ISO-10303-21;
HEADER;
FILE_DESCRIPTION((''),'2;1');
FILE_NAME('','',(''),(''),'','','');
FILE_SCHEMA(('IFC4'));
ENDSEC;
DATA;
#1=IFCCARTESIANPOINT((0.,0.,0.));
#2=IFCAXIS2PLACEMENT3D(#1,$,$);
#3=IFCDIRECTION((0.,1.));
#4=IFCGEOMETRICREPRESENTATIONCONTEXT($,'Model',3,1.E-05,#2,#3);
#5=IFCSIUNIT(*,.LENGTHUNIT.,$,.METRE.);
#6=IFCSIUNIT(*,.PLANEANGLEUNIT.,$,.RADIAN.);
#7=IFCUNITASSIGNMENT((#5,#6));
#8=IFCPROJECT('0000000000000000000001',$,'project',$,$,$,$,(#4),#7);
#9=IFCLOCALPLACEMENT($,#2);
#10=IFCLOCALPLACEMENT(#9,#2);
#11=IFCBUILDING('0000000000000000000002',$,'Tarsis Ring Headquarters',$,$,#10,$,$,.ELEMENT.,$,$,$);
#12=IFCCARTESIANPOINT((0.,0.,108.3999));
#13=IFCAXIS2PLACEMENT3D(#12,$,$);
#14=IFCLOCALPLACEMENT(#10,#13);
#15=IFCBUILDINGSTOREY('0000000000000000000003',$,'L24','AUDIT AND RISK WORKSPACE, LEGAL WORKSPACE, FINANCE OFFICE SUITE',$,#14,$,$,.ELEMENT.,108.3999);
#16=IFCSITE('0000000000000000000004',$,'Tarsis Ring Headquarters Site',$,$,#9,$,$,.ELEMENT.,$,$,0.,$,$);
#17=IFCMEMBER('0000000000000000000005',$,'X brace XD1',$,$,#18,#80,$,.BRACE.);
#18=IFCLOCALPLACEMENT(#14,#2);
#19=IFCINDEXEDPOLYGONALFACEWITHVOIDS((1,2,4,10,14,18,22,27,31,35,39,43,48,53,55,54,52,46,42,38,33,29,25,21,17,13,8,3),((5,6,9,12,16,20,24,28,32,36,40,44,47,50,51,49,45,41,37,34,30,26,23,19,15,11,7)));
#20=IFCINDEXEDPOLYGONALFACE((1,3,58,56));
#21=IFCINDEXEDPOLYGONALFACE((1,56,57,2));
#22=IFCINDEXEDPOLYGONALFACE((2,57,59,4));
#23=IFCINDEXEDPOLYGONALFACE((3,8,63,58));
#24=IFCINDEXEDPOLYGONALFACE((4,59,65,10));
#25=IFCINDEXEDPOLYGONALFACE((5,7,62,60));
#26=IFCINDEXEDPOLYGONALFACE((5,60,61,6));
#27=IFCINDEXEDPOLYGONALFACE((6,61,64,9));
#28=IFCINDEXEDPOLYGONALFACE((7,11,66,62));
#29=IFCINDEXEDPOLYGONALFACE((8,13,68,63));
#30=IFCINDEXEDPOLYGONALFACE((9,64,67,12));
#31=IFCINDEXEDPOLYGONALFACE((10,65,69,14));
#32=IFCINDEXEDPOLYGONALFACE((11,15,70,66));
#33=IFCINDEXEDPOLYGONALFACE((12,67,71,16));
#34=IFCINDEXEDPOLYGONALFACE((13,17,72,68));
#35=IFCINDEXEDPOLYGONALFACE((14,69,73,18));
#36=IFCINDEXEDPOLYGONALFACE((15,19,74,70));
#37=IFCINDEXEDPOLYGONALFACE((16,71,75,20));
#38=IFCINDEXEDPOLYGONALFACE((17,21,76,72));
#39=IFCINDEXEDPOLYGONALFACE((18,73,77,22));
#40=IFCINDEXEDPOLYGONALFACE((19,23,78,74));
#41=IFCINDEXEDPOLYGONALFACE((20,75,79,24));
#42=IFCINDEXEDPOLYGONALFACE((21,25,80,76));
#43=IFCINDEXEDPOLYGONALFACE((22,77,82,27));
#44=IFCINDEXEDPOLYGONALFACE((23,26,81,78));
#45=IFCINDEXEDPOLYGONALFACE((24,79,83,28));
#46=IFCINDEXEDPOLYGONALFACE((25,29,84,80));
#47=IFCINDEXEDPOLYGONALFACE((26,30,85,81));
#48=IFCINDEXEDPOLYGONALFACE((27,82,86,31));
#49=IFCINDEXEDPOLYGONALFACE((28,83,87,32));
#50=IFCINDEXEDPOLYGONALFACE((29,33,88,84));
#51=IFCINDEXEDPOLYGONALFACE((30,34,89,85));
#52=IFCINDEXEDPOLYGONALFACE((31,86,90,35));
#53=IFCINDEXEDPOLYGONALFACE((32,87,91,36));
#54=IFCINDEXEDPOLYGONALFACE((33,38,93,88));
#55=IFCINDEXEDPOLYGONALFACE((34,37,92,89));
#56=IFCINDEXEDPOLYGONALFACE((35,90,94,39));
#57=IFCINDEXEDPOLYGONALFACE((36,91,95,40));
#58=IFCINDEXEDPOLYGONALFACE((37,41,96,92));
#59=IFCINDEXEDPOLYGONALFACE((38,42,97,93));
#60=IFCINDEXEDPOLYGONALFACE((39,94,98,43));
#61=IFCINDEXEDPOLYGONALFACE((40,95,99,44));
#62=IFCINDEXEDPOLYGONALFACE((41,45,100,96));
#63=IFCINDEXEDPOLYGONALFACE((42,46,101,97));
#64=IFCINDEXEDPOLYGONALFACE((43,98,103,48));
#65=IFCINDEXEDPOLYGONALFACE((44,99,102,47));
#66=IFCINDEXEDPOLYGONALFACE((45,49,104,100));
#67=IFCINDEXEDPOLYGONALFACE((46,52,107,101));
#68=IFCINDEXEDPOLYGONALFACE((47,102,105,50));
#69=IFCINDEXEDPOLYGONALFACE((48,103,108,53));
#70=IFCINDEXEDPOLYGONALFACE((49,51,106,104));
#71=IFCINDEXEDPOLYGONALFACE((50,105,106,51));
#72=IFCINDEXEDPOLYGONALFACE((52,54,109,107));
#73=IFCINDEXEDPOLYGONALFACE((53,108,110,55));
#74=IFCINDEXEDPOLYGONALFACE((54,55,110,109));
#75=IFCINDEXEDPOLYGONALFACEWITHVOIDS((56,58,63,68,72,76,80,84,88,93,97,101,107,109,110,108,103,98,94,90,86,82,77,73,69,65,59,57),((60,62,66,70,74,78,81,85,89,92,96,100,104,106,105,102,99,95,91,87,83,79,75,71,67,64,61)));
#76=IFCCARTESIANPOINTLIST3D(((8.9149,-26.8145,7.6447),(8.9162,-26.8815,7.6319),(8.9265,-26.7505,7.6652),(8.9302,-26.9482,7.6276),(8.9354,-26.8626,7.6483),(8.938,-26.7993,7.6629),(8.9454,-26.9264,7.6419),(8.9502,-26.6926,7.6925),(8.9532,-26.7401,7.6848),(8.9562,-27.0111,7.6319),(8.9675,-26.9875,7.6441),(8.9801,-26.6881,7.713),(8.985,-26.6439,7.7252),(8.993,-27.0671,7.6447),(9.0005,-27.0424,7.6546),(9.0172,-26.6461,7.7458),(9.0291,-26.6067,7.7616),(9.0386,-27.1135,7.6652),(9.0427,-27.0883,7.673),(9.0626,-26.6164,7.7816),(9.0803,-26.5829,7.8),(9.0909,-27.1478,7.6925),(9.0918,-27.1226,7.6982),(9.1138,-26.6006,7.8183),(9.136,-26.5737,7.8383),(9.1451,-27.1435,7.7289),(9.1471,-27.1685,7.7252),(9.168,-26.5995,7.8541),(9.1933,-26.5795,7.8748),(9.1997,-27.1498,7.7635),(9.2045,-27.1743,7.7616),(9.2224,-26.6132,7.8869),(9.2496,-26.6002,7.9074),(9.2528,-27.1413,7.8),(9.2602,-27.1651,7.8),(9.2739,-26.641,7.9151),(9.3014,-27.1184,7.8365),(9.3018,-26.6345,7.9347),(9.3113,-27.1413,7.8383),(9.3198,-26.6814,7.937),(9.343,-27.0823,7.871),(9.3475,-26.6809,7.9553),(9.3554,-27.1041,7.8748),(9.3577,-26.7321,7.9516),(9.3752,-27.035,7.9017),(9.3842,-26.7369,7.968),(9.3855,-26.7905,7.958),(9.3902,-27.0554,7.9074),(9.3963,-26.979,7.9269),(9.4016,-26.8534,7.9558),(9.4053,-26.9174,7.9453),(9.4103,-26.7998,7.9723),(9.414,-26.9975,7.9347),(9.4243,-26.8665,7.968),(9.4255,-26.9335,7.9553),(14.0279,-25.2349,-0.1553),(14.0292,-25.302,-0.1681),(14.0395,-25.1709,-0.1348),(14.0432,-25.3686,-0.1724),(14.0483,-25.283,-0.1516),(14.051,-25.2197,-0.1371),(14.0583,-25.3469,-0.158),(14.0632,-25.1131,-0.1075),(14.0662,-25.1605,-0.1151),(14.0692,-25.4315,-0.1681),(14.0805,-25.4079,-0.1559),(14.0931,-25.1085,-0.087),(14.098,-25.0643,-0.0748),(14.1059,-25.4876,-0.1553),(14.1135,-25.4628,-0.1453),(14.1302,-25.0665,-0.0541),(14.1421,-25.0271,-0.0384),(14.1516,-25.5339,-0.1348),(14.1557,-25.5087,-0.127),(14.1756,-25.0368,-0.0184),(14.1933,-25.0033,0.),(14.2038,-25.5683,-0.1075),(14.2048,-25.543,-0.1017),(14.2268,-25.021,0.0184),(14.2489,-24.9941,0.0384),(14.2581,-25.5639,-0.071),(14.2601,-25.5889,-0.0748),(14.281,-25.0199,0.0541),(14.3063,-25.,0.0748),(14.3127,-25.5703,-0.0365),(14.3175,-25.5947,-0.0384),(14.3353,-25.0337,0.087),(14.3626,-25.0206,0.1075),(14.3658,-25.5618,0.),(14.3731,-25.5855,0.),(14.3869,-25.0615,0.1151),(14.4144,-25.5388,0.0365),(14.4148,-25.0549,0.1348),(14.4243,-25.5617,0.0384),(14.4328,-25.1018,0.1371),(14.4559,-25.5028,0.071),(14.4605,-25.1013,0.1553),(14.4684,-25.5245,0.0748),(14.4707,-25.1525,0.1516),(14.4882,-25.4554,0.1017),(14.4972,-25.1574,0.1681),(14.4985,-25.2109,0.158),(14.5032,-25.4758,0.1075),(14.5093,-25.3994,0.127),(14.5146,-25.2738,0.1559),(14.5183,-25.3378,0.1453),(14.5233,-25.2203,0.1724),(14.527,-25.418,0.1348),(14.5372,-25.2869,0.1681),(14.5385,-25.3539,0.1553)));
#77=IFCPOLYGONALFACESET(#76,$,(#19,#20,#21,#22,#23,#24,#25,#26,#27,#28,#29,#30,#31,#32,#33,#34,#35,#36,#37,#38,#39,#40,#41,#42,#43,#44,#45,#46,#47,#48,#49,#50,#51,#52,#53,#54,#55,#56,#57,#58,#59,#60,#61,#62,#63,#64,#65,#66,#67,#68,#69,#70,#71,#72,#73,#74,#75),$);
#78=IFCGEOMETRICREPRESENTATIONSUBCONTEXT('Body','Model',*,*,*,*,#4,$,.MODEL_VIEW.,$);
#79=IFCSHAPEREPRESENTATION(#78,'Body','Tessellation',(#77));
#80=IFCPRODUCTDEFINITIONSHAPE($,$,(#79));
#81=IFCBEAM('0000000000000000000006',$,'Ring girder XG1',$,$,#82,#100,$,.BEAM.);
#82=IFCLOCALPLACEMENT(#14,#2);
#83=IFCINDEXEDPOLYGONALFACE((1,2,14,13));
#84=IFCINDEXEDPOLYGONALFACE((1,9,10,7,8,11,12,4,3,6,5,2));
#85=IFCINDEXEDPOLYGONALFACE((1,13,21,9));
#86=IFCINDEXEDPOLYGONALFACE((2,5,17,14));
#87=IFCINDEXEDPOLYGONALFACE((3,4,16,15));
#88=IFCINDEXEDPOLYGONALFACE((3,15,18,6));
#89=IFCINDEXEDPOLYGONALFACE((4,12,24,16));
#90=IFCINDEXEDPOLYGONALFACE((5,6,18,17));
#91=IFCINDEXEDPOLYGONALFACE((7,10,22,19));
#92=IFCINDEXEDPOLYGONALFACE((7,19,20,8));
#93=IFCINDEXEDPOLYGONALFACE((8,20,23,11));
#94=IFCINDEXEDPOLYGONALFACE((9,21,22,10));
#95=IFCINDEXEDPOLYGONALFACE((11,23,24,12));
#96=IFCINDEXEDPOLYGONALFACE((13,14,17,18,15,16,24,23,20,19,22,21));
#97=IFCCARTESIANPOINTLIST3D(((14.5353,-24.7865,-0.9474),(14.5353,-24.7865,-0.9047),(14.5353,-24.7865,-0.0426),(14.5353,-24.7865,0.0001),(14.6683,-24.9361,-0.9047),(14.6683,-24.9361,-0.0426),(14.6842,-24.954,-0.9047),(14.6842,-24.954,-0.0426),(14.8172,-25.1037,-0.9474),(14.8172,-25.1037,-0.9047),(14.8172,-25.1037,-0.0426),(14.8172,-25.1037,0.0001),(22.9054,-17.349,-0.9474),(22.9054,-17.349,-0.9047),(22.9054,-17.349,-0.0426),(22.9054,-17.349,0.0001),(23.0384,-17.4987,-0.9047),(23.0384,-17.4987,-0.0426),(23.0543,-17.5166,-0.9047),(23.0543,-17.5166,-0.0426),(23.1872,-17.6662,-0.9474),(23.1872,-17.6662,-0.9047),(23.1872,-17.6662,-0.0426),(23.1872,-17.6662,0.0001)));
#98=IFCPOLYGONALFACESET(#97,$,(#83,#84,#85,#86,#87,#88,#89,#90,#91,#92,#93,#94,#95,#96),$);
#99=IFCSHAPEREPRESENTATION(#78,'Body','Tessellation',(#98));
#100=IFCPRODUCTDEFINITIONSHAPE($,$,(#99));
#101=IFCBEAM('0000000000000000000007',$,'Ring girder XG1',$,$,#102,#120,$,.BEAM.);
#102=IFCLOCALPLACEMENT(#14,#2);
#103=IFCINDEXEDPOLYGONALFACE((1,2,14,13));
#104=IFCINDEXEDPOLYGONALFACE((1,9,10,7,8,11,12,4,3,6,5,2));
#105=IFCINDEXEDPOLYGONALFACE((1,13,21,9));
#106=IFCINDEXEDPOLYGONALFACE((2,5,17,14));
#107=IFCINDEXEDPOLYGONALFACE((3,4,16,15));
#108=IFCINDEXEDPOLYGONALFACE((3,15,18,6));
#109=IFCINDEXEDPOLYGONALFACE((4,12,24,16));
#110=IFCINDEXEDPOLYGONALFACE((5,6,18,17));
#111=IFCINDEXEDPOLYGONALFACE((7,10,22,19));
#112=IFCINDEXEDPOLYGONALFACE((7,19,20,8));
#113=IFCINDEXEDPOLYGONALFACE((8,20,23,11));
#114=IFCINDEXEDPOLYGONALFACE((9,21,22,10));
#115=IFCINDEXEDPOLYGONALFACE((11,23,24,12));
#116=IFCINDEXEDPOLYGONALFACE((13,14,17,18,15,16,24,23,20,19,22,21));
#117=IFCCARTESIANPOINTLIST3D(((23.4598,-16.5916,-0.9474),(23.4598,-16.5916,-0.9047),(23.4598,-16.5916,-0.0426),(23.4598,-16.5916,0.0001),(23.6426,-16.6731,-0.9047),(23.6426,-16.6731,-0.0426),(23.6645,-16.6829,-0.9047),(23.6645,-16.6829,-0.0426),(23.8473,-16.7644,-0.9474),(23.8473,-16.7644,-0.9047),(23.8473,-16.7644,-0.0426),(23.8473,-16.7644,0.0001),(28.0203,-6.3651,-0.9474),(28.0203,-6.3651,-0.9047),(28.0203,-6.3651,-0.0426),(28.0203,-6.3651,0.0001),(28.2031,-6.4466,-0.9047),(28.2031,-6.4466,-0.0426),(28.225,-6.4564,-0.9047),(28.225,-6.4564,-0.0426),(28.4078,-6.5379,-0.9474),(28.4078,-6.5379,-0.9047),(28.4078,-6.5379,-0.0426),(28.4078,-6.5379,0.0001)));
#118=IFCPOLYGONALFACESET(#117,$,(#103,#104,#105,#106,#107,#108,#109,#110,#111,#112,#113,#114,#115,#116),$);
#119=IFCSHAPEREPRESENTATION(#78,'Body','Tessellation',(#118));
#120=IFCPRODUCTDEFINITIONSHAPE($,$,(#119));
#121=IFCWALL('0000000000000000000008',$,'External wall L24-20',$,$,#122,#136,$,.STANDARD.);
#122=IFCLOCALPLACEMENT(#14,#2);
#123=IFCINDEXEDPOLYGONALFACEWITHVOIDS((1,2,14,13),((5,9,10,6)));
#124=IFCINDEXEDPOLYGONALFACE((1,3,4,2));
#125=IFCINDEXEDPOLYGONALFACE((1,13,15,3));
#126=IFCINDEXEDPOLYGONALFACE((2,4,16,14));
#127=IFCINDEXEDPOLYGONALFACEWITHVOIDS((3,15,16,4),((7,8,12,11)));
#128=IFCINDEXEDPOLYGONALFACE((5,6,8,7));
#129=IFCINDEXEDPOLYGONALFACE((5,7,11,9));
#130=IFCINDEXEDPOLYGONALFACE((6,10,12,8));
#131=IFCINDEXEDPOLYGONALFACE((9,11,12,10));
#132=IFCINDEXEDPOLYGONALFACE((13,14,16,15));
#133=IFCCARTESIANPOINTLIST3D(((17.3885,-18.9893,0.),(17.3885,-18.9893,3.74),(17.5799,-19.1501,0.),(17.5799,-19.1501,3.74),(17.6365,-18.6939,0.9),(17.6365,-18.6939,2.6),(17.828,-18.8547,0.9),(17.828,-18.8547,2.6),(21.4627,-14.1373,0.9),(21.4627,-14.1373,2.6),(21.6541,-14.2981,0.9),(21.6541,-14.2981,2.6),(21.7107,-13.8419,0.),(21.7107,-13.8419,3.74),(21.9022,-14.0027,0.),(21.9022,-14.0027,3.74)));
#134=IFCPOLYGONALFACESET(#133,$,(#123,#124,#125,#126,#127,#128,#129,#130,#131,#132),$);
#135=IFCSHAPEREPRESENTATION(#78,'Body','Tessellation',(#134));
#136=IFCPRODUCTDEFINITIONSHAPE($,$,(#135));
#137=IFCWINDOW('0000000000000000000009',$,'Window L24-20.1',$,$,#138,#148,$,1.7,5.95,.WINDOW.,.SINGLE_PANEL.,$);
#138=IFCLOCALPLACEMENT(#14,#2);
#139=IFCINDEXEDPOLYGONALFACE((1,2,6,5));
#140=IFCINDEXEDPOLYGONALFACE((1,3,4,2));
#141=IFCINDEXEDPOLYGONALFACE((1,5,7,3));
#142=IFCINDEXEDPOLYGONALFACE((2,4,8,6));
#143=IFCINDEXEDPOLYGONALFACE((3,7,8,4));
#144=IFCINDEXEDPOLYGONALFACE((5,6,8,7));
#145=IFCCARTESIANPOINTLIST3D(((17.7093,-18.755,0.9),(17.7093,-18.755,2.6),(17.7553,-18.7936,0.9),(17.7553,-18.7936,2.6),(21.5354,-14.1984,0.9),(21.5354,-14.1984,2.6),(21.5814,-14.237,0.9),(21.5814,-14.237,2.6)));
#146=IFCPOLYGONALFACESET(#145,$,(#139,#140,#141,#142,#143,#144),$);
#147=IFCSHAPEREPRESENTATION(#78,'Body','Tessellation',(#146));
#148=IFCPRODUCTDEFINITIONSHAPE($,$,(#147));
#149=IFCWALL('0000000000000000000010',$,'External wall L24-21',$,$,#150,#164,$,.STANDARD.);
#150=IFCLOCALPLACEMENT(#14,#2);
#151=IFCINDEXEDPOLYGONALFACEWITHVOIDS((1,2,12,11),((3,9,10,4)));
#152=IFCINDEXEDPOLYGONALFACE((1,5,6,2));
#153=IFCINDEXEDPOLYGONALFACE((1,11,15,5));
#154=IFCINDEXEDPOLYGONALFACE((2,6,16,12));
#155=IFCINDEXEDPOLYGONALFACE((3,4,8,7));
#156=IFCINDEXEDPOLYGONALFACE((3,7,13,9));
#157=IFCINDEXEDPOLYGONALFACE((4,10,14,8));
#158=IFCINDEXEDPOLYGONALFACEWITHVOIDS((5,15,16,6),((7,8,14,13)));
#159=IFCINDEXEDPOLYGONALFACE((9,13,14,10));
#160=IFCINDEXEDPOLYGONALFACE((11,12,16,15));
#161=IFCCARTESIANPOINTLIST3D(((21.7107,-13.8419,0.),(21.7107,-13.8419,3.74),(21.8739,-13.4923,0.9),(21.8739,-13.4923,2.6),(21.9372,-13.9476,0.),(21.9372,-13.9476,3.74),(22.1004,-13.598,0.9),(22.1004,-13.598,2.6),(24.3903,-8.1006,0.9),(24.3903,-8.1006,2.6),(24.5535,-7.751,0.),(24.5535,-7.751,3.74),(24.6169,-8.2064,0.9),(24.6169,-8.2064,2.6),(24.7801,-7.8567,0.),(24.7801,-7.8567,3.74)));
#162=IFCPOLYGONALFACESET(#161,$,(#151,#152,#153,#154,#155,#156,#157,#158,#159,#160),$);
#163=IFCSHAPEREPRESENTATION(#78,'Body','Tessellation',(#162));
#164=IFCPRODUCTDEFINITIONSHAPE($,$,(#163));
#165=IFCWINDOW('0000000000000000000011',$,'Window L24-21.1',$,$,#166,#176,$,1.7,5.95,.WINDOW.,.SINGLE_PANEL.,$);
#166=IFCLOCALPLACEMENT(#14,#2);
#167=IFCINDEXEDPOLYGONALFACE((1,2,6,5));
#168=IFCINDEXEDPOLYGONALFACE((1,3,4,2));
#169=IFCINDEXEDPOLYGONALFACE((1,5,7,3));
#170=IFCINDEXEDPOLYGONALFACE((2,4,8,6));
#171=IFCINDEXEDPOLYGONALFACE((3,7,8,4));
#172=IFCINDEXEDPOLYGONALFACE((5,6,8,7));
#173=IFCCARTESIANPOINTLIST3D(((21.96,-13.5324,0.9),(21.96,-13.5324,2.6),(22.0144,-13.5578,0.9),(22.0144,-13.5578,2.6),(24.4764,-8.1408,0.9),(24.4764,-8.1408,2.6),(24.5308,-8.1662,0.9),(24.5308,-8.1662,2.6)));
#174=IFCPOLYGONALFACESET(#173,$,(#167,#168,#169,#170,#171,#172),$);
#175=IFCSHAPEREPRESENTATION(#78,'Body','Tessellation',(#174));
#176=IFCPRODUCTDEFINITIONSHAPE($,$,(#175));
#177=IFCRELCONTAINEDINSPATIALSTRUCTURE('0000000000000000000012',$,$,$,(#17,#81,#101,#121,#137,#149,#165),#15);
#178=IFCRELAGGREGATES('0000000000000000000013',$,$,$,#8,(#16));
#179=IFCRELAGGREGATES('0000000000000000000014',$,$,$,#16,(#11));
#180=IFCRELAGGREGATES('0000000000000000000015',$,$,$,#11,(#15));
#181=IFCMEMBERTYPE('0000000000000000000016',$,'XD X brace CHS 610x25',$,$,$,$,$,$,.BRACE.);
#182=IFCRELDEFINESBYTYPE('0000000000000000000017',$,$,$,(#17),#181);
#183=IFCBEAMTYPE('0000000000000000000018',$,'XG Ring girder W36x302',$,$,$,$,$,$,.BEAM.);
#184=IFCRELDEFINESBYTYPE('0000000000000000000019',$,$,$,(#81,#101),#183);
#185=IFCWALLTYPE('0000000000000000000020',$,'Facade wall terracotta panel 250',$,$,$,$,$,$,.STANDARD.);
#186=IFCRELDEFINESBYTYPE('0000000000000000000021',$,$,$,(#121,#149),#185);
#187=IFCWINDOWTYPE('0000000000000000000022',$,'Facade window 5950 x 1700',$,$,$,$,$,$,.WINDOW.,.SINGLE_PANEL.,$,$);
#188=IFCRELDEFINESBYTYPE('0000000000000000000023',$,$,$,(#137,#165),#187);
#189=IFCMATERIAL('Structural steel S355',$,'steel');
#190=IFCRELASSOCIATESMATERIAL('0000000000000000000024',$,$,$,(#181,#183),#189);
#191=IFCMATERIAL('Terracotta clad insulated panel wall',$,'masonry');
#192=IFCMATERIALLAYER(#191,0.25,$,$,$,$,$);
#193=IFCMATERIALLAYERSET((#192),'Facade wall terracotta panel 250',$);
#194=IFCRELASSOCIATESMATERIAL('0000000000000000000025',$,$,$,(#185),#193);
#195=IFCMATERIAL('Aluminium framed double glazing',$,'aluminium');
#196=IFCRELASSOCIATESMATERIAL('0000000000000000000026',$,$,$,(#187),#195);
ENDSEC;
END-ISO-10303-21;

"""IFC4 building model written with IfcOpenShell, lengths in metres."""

from ifc_helpers import new_model, si_unit, direction, frame, frame_2d, origin, origin_2d, place, context, subcontext, project, spatial, rectangle, hollow_circle, i_section, extrude, material, layer, layer_set, material_profile, profile_set, type_object, element, fill, save


model = new_model("IFC4")

# Units and contexts
model_context = context("Model", 3, precision=1e-05, world=origin(), true_north=direction((0.0, 1.0)))
body_context = subcontext(model_context, "Body", "Model", "MODEL_VIEW")
ifc_project = project(units=[si_unit("LENGTHUNIT", "METRE"), si_unit("PLANEANGLEUNIT", "RADIAN")], contexts=[model_context])

# Site, building, storey
site_placement = place(None, origin())
site = spatial("IfcSite", under=ifc_project, at=site_placement, Name="Tarsis Ring Headquarters Site", CompositionType="ELEMENT", RefElevation=0.0)
building_placement = place(site_placement, origin())
building = spatial("IfcBuilding", under=site, at=building_placement, Name="Tarsis Ring Headquarters", CompositionType="ELEMENT")
storey_placement = place(building_placement, frame((0.0, 0.0, 108.3999)))
storey = spatial("IfcBuildingStorey", under=building, at=storey_placement, Name="L24", Description="AUDIT AND RISK WORKSPACE, LEGAL WORKSPACE, FINANCE OFFICE SUITE", CompositionType="ELEMENT", Elevation=108.3999)

# Shared definitions
ifc_material_1 = material(Name="Structural steel S355", Category="steel")

# Member
ifc_material_profile_1 = material_profile(ifc_material_1, hollow_circle(Radius=0.3047, WallThickness=0.0249, at=origin_2d()), Name="CHS 610x25")
ifc_profile_set_1 = profile_set([ifc_material_profile_1], Name="Structural steel S355")
member_type = type_object("IfcMemberType", Name="XD X brace CHS 610x25", PredefinedType="BRACE", material=ifc_profile_set_1)
member_placement = place(storey_placement, frame((14.2832, -25.2944, 0.0), z_axis=(-0.540528, -0.166987, 0.824587), x_axis=(0.295169, -0.955445, 0.0)))
element("IfcMember", 1, at=member_placement, inside=storey, type_object=member_type, Name="X brace XD1", PredefinedType="BRACE", context=body_context, shape_type="SweptSolid", body=[
    extrude(hollow_circle(Radius=0.3047, WallThickness=0.0249, at=origin_2d()), origin(), (0.0, 0.0, 1.0), 9.4592),
])

# Beams
ifc_material_profile_2 = material_profile(ifc_material_1, i_section(OverallWidth=0.4243, OverallDepth=0.9475, WebThickness=0.0239, FlangeThickness=0.0427, at=origin_2d()), Name="W36x302")
ifc_profile_set_2 = profile_set([ifc_material_profile_2], Name="Structural steel S355")
beam_type = type_object("IfcBeamType", Name="XG Ring girder W36x302", PredefinedType="BEAM", material=ifc_profile_set_2)
beam_1_placement = place(storey_placement, frame((14.6763, -24.9451, -0.4736), z_axis=(0.747525, 0.664234, 0.0), x_axis=(-0.664234, 0.747525, 0.0)))
element("IfcBeam", 2, at=beam_1_placement, inside=storey, type_object=beam_type, Name="Ring girder XG1", PredefinedType="BEAM", context=body_context, shape_type="SweptSolid", body=[
    extrude(i_section(OverallWidth=0.4243, OverallDepth=0.9475, WebThickness=0.0239, FlangeThickness=0.0427, at=origin_2d()), origin(), (0.0, 0.0, 1.0), 11.197),
])
beam_2_placement = place(storey_placement, frame((23.6536, -16.678, -0.4736), z_axis=(0.407287, 0.9133, 0.0), x_axis=(-0.9133, 0.407287, 0.0)))
element("IfcBeam", 3, at=beam_2_placement, inside=storey, type_object=beam_type, Name="Ring girder XG1", PredefinedType="BEAM", context=body_context, shape_type="SweptSolid", body=[
    extrude(i_section(OverallWidth=0.4243, OverallDepth=0.9475, WebThickness=0.0239, FlangeThickness=0.0427, at=origin_2d()), origin(), (0.0, 0.0, 1.0), 11.1973),
])

# Walls, openings, windows
ifc_material_2 = material(Name="Terracotta clad insulated panel wall", Category="masonry")
ifc_layer = layer(ifc_material_2, 0.25)
ifc_layer_set = layer_set([ifc_layer], Name="Facade wall terracotta panel 250")
wall_type = type_object("IfcWallType", Name="Facade wall terracotta panel 250", PredefinedType="STANDARD", material=ifc_layer_set)
wall_1_placement = place(storey_placement, frame((17.4841, -19.0698, 0.0), z_axis=(0.0, 0.0, 1.0), x_axis=(0.643052, 0.765822, 0.0)))
wall_1 = element("IfcWall", 4, at=wall_1_placement, inside=storey, type_object=wall_type, Name="External wall L24-20", PredefinedType="STANDARD", context=body_context, shape_type="SweptSolid", body=[
    extrude(rectangle(XDim=6.7214, YDim=0.25, at=frame_2d((3.3608, 0.0))), origin(), (0.0, 0.0, 1.0), 3.74),
])
opening_1_placement = place(wall_1_placement, frame((0.3857, 0.0, 0.8999)))
opening_1 = element("IfcOpeningElement", 5, at=opening_1_placement, cuts=wall_1, PredefinedType="OPENING", context=body_context, shape_type="SweptSolid", body=[
    extrude(rectangle(XDim=5.95, YDim=1.7, at=frame_2d((2.9751, 0.8501))), frame((0.0, 0.135, 0.0), z_axis=(0.0, -1.0, 0.0), x_axis=(1.0, 0.0, 0.0)), (0.0, 0.0, 1.0), 0.27),
])
ifc_material_3 = material(Name="Aluminium framed double glazing", Category="aluminium")
window_type = type_object("IfcWindowType", Name="Facade window 5950 x 1700", PartitioningType="SINGLE_PANEL", PredefinedType="WINDOW", material=ifc_material_3)
window_1_placement = place(opening_1_placement, origin())
window_1 = element("IfcWindow", 6, at=window_1_placement, inside=storey, type_object=window_type, Name="Window L24-20.1", OverallHeight=1.7, OverallWidth=5.95, PartitioningType="SINGLE_PANEL", PredefinedType="WINDOW", context=body_context, shape_type="SweptSolid", body=[
    extrude(rectangle(XDim=5.95, YDim=1.7, at=frame_2d((2.9751, 0.8501))), frame((0.0, 0.03, 0.0), z_axis=(0.0, -1.0, 0.0), x_axis=(1.0, 0.0, 0.0)), (0.0, 0.0, 1.0), 0.0601),
])
fill(opening_1, window_1)
wall_2_placement = place(storey_placement, frame((21.824, -13.8948, 0.0), z_axis=(0.0, 0.0, 1.0), x_axis=(0.422933, 0.906161, 0.0)))
wall_2 = element("IfcWall", 7, at=wall_2_placement, inside=storey, type_object=wall_type, Name="External wall L24-21", PredefinedType="STANDARD", context=body_context, shape_type="SweptSolid", body=[
    extrude(rectangle(XDim=6.7217, YDim=0.25, at=frame_2d((3.3608, 0.0))), origin(), (0.0, 0.0, 1.0), 3.74),
])
opening_2_placement = place(wall_2_placement, frame((0.3857, 0.0, 0.8999)))
opening_2 = element("IfcOpeningElement", 8, at=opening_2_placement, cuts=wall_2, PredefinedType="OPENING", context=body_context, shape_type="SweptSolid", body=[
    extrude(rectangle(XDim=5.95, YDim=1.7, at=frame_2d((2.9751, 0.8501))), frame((0.0, 0.135, 0.0), z_axis=(0.0, -1.0, 0.0), x_axis=(1.0, 0.0, 0.0)), (0.0, 0.0, 1.0), 0.27),
])
window_2_placement = place(opening_2_placement, origin())
window_2 = element("IfcWindow", 9, at=window_2_placement, inside=storey, type_object=window_type, Name="Window L24-21.1", OverallHeight=1.7, OverallWidth=5.95, PartitioningType="SINGLE_PANEL", PredefinedType="WINDOW", context=body_context, shape_type="SweptSolid", body=[
    extrude(rectangle(XDim=5.95, YDim=1.7, at=frame_2d((2.9751, 0.8501))), frame((0.0, 0.03, 0.0), z_axis=(0.0, -1.0, 0.0), x_axis=(1.0, 0.0, 0.0)), (0.0, 0.0, 1.0), 0.0601),
])
fill(opening_2, window_2)

save(model, "model.ifc")
